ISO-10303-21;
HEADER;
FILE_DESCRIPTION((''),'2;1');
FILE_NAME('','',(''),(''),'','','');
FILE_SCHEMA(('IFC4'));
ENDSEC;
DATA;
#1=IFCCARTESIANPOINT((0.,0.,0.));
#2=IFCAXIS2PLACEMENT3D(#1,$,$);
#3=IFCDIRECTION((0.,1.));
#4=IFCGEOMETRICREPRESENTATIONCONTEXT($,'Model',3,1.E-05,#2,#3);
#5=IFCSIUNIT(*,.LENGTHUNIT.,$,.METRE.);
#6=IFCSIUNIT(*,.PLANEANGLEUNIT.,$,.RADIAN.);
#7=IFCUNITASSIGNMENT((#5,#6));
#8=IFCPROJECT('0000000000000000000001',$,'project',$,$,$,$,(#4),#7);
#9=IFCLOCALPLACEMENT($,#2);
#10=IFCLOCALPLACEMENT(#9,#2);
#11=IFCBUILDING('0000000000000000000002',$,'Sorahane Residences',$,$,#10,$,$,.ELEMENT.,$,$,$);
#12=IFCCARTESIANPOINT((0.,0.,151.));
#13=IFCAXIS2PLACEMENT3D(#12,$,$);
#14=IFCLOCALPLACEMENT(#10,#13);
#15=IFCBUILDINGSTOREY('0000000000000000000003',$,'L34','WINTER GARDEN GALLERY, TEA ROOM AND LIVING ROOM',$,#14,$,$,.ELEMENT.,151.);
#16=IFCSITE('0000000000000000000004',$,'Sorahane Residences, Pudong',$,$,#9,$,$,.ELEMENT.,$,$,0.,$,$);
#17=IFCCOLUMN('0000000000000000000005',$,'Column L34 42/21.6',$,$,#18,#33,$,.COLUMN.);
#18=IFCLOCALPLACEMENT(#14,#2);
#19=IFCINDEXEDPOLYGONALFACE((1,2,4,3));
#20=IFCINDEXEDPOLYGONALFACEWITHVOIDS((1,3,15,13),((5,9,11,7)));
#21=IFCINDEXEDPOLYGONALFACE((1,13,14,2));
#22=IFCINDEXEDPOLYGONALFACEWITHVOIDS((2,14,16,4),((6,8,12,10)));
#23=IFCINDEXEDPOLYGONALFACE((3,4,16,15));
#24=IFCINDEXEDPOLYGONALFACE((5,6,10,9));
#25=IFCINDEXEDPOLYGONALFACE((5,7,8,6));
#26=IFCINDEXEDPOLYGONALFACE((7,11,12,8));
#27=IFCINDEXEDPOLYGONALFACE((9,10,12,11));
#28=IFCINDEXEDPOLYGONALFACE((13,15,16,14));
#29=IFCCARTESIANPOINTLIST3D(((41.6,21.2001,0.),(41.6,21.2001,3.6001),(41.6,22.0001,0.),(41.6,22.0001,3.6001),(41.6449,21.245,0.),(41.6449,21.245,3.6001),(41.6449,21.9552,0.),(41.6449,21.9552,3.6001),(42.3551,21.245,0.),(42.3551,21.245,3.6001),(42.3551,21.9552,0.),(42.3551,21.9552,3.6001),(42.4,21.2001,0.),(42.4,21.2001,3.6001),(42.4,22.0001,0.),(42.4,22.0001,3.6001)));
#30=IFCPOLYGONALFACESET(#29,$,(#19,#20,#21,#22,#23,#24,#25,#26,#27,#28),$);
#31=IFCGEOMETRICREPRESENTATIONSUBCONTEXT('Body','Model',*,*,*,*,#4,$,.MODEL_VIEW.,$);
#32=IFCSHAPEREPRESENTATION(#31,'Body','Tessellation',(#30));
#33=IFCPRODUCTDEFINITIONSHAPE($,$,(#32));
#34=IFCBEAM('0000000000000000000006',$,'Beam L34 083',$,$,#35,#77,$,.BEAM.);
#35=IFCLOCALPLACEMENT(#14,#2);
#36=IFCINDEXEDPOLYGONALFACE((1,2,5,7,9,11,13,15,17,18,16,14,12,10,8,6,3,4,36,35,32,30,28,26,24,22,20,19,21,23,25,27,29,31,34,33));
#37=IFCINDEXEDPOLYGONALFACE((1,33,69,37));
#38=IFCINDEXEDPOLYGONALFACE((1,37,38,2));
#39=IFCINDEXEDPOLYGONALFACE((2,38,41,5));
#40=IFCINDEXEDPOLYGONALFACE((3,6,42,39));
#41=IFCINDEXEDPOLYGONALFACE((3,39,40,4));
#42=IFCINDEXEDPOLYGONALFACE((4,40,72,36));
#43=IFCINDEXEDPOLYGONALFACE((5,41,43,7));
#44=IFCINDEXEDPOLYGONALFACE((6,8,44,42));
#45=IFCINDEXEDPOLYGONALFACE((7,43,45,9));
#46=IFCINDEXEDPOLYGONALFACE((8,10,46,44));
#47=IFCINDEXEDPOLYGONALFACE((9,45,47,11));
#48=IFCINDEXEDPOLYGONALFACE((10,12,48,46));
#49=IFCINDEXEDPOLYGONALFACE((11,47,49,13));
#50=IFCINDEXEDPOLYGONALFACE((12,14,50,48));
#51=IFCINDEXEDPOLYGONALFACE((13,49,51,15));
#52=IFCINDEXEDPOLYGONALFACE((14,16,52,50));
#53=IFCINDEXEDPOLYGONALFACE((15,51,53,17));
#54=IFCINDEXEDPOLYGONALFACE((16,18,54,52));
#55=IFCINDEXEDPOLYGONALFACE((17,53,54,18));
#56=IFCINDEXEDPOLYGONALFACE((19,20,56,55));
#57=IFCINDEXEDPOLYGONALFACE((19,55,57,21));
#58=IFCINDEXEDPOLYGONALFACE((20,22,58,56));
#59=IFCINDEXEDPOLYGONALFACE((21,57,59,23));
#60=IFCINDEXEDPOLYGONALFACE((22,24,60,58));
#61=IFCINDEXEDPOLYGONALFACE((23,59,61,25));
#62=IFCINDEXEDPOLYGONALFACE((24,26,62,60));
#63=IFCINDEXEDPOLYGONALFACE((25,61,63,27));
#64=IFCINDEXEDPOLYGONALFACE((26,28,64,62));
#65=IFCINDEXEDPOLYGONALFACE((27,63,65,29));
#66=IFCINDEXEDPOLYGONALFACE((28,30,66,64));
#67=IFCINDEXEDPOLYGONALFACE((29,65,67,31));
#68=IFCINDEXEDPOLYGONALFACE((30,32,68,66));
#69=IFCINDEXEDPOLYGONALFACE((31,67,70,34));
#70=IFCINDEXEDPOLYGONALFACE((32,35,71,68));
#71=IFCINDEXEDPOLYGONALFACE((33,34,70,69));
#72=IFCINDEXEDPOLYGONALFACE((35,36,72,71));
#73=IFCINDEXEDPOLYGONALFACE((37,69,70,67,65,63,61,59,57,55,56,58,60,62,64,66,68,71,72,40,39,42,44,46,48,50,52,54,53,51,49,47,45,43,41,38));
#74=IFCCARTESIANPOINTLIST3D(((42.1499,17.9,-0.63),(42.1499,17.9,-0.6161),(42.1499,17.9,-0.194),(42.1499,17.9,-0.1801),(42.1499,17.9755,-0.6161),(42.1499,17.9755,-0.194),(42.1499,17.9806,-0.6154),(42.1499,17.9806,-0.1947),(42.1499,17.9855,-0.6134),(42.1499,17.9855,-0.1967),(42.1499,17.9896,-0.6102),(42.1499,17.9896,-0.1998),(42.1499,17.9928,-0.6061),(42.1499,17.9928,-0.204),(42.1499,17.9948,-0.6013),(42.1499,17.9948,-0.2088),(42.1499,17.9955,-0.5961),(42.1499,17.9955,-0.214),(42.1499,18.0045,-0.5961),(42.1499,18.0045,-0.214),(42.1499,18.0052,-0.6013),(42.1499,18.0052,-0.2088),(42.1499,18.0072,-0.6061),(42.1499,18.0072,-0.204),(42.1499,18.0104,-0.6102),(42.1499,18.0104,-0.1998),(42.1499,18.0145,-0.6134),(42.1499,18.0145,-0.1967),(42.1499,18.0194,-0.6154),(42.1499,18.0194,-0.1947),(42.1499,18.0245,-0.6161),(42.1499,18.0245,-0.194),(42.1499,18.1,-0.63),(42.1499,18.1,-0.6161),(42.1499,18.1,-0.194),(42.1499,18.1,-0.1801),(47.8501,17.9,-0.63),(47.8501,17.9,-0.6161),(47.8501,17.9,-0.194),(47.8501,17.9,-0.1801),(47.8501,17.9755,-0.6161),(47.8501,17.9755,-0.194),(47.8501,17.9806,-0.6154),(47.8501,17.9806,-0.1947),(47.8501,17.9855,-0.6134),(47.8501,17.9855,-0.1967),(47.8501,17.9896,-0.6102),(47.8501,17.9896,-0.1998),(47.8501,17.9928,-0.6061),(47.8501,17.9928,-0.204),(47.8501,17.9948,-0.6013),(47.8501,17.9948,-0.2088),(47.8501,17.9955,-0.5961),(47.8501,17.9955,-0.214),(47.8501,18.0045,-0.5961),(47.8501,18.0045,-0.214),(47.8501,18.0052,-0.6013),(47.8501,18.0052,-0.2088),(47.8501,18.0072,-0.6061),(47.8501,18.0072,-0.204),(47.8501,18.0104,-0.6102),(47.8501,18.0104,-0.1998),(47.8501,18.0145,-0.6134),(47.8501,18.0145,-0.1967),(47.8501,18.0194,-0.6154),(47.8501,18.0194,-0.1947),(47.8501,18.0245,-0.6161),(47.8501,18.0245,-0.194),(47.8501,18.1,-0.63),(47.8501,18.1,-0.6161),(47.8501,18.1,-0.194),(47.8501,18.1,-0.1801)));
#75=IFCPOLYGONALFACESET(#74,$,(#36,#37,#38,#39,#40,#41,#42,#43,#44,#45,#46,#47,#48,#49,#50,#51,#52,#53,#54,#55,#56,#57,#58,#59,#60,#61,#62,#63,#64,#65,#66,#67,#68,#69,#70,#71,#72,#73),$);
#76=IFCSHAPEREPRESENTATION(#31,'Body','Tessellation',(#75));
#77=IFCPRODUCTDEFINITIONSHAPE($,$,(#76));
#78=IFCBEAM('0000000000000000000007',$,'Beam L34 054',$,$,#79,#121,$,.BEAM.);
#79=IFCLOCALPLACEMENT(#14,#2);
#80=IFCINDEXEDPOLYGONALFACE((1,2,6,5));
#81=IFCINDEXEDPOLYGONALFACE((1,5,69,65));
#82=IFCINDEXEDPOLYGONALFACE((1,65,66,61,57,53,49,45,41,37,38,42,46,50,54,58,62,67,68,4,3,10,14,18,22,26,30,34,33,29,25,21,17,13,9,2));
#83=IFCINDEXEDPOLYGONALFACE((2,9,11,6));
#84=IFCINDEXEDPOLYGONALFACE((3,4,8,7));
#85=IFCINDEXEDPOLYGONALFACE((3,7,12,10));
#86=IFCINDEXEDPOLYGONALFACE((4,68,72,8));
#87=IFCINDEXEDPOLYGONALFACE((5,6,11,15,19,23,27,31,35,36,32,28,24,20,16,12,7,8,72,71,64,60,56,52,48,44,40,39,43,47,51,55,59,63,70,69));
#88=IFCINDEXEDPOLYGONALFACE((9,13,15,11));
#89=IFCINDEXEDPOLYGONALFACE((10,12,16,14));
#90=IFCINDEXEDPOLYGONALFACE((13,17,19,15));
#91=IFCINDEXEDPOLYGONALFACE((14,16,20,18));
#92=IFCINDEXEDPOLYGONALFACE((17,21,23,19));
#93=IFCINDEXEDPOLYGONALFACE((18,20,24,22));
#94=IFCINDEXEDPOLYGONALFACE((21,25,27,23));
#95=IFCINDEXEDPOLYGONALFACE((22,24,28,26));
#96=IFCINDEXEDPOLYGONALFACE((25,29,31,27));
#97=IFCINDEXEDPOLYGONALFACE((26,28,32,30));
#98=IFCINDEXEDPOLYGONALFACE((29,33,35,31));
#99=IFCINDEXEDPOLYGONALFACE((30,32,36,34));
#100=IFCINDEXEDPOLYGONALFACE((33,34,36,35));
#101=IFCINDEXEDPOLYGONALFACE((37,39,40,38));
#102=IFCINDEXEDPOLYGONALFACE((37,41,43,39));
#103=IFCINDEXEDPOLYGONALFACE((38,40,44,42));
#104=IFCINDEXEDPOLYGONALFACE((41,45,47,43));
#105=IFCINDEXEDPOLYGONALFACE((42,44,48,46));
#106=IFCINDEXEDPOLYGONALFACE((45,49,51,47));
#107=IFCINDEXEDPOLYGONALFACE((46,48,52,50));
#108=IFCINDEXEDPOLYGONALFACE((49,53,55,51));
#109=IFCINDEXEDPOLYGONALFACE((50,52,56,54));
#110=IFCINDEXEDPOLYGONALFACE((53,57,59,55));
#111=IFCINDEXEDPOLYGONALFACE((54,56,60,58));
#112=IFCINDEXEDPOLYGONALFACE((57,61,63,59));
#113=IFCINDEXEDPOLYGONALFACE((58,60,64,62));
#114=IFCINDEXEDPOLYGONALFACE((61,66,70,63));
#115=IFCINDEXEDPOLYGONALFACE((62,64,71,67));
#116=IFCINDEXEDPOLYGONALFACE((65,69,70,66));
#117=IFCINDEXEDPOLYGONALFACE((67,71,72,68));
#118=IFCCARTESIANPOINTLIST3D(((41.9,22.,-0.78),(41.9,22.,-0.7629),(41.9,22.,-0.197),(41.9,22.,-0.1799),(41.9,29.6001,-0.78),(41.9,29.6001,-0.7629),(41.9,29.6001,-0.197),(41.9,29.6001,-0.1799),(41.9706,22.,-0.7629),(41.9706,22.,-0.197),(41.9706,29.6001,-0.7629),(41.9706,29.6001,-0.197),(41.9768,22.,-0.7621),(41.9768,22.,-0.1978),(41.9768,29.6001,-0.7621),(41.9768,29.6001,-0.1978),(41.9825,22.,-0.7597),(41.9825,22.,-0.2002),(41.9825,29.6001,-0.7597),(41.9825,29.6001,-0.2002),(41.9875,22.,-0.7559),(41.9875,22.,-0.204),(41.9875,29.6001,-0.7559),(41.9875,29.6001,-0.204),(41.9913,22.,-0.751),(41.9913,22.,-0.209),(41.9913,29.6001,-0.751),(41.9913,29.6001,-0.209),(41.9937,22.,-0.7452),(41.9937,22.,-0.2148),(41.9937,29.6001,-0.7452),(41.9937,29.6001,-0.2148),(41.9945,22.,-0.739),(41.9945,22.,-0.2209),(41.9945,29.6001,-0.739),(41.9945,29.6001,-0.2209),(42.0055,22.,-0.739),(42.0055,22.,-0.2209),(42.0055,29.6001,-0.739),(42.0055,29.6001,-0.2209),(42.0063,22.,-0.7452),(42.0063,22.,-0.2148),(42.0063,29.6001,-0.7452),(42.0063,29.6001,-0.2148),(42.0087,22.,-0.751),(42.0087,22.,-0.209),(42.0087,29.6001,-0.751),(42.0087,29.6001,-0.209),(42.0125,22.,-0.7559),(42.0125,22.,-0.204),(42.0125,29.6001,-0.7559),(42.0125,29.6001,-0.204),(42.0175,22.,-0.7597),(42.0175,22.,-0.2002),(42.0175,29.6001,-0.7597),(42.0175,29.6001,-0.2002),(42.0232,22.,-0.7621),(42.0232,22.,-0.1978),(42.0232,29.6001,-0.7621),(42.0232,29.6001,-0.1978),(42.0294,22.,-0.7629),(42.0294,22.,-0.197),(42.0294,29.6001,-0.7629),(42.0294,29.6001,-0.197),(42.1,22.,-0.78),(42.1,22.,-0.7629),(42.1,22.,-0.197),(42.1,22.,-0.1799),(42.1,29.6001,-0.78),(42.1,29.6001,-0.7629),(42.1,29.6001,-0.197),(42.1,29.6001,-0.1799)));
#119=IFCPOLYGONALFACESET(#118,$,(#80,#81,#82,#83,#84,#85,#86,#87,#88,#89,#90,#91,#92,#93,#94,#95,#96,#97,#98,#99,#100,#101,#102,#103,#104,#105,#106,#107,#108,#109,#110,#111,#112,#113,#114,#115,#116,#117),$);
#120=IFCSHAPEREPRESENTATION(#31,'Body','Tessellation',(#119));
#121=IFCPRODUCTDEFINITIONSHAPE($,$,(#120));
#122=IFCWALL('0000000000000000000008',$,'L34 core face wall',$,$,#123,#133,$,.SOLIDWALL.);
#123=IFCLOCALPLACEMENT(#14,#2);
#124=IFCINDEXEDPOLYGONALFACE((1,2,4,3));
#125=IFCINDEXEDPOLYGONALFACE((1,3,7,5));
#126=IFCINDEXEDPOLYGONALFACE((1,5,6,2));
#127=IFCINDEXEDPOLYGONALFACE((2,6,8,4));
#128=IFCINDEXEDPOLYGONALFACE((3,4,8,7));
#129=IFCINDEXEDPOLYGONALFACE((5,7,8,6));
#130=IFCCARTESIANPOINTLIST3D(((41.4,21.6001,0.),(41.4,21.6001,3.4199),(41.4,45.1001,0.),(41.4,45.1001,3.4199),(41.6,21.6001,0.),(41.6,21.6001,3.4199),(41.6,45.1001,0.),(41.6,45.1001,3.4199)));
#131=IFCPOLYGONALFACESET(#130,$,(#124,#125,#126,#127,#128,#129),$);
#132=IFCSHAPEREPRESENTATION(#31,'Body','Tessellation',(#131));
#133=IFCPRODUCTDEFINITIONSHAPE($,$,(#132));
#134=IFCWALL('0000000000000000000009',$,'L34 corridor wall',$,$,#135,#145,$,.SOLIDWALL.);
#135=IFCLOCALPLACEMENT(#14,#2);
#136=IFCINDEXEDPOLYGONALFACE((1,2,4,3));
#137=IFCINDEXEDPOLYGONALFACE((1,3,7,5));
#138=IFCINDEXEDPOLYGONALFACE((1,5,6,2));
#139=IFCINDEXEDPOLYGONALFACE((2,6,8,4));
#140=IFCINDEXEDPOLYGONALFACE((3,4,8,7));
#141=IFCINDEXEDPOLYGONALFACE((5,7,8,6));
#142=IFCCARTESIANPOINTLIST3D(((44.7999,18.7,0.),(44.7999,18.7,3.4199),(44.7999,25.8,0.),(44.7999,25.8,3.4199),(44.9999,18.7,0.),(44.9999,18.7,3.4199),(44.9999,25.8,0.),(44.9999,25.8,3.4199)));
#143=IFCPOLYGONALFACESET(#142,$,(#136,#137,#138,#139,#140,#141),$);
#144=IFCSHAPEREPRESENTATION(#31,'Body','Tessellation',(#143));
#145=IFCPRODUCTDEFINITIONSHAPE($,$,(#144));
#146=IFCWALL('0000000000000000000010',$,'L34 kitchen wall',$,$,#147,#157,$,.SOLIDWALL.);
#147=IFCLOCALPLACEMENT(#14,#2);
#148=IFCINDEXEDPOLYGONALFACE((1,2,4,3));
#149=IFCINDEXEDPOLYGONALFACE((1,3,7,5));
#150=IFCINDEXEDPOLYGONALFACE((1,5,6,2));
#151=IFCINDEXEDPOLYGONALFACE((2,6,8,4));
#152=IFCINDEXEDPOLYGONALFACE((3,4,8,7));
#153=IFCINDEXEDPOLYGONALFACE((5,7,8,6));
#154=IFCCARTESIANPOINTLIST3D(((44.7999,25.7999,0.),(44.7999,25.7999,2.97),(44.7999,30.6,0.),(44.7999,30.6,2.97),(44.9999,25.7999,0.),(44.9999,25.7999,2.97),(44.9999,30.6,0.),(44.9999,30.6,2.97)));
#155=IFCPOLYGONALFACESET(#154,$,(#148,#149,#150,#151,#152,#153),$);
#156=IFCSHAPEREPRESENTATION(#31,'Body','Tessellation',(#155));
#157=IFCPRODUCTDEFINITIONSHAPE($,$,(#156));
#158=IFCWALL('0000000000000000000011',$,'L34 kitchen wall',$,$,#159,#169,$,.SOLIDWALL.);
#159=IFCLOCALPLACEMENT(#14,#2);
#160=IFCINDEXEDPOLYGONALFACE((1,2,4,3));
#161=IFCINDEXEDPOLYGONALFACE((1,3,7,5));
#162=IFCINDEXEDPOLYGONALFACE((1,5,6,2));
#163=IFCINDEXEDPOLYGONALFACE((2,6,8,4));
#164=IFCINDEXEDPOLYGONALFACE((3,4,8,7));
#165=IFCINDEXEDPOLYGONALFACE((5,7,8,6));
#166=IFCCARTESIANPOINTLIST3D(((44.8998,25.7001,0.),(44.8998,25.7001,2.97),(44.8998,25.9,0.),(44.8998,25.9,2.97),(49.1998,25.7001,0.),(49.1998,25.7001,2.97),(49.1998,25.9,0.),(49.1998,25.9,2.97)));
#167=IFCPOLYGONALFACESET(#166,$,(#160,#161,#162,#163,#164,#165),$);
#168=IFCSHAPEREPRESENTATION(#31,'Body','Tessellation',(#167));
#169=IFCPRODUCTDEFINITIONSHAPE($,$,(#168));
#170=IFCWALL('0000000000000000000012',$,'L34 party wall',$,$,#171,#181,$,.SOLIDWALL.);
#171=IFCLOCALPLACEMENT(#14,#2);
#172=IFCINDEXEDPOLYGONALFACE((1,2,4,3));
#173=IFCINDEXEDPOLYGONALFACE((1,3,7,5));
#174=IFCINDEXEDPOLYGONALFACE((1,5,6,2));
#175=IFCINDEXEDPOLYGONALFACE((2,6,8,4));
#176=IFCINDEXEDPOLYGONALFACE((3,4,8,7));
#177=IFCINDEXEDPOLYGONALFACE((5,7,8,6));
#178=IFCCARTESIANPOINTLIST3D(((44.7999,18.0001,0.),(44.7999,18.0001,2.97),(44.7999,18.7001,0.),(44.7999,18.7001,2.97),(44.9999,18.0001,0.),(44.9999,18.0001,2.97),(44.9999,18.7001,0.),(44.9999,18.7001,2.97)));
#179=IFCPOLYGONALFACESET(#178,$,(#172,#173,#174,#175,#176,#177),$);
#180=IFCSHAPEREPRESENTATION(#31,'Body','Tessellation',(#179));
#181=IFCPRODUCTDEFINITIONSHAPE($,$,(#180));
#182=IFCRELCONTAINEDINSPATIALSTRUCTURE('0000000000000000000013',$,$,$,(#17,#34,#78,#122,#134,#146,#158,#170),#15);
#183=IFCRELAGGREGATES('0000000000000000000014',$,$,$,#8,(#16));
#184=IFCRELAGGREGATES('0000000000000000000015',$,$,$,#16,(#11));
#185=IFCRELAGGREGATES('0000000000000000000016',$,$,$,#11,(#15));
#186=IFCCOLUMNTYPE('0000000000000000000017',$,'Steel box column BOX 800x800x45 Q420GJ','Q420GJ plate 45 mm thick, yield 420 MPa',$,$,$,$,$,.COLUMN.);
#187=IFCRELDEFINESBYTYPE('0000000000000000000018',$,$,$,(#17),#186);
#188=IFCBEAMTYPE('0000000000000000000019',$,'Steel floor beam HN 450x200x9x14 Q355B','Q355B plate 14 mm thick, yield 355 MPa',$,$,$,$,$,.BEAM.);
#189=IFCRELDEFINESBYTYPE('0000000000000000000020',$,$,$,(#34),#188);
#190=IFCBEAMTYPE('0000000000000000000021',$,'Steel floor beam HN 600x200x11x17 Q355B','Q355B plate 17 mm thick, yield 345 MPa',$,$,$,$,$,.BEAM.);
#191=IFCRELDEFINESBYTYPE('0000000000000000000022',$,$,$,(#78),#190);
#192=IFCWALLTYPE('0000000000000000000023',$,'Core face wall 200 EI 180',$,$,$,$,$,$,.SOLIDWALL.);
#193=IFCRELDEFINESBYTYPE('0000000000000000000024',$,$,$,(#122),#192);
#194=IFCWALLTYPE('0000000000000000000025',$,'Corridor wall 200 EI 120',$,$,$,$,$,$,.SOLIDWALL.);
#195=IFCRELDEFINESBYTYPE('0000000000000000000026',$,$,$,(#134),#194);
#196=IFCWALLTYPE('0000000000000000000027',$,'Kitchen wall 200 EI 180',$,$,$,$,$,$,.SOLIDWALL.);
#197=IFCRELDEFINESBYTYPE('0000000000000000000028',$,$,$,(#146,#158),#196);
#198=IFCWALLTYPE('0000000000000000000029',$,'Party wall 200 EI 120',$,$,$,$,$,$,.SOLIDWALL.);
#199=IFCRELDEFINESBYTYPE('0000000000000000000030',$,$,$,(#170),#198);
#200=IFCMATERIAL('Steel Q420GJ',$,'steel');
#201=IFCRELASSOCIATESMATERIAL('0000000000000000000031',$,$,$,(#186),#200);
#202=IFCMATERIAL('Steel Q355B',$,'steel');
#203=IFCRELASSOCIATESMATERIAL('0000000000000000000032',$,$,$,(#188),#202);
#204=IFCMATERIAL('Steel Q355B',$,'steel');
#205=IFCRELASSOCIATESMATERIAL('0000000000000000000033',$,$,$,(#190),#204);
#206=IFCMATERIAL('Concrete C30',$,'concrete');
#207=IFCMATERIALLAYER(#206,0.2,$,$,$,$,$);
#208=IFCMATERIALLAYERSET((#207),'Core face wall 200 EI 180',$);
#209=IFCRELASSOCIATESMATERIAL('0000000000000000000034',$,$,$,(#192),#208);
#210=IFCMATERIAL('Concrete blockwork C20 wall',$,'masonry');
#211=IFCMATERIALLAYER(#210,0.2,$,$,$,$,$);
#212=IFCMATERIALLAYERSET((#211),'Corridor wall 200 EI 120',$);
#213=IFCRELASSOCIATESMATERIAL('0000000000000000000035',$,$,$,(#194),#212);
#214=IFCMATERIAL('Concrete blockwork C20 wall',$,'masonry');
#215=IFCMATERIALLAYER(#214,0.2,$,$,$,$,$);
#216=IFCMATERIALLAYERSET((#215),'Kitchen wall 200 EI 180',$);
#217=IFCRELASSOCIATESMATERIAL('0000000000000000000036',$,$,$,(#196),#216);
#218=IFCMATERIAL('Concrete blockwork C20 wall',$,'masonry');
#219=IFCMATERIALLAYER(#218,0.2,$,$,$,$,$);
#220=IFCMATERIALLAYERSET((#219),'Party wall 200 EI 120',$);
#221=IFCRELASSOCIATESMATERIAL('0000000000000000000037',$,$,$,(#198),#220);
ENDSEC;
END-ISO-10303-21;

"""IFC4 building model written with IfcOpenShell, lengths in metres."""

from ifc_helpers import new_model, si_unit, direction, frame, frame_2d, origin, origin_2d, place, context, subcontext, project, spatial, rectangle, hollow_rectangle, i_section, extrude, material, layer, layer_set, material_profile, profile_set, type_object, element, save


model = new_model("IFC4")

# Units and contexts
model_context = context("Model", 3, precision=1e-05, world=origin(), true_north=direction((0.0, 1.0)))
body_context = subcontext(model_context, "Body", "Model", "MODEL_VIEW")
ifc_project = project(units=[si_unit("LENGTHUNIT", "METRE"), si_unit("PLANEANGLEUNIT", "RADIAN")], contexts=[model_context])

# Site, building, storey
site_placement = place(None, origin())
site = spatial("IfcSite", under=ifc_project, at=site_placement, Name="Sorahane Residences, Pudong", CompositionType="ELEMENT", RefElevation=0.0)
building_placement = place(site_placement, origin())
building = spatial("IfcBuilding", under=site, at=building_placement, Name="Sorahane Residences", CompositionType="ELEMENT")
storey_placement = place(building_placement, frame((0.0, 0.0, 151.0)))
storey = spatial("IfcBuildingStorey", under=building, at=storey_placement, Name="L34", Description="WINTER GARDEN GALLERY, TEA ROOM AND LIVING ROOM", CompositionType="ELEMENT", Elevation=151.0)

# Column
ifc_material_1 = material(Name="Steel Q420GJ", Category="steel")
ifc_material_profile_1 = material_profile(ifc_material_1, hollow_rectangle(XDim=0.8, YDim=0.8, WallThickness=0.0449, at=origin_2d()), Name="BOX 800x800x45")
ifc_profile_set_1 = profile_set([ifc_material_profile_1], Name="Steel Q420GJ")
column_type = type_object("IfcColumnType", Name="Steel box column BOX 800x800x45 Q420GJ", Description="Q420GJ plate 45 mm thick, yield 420 MPa", PredefinedType="COLUMN", material=ifc_profile_set_1)
column_placement = place(storey_placement, frame((42.0, 21.6001, 0.0), z_axis=(0.0, 0.0, 1.0), x_axis=(1.0, 0.0, 0.0)))
element("IfcColumn", 1, at=column_placement, inside=storey, type_object=column_type, Name="Column L34 42/21.6", PredefinedType="COLUMN", context=body_context, shape_type="SweptSolid", body=[
    extrude(hollow_rectangle(XDim=0.8, YDim=0.8, WallThickness=0.0449, at=origin_2d()), origin(), (0.0, 0.0, 1.0), 3.6001),
])

# Beams
ifc_material_2 = material(Name="Steel Q355B", Category="steel")
ifc_material_profile_2 = material_profile(ifc_material_2, i_section(OverallWidth=0.2, OverallDepth=0.45, WebThickness=0.009, FlangeThickness=0.0139, FilletRadius=0.02, at=origin_2d()), Name="HN 450x200x9x14")
ifc_profile_set_2 = profile_set([ifc_material_profile_2], Name="Steel Q355B")
beam_type_1 = type_object("IfcBeamType", Name="Steel floor beam HN 450x200x9x14 Q355B", Description="Q355B plate 14 mm thick, yield 355 MPa", PredefinedType="BEAM", material=ifc_profile_set_2)
beam_1_placement = place(storey_placement, frame((42.1499, 18.0, -0.405), z_axis=(1.0, 0.0, 0.0), x_axis=(0.0, 1.0, 0.0)))
element("IfcBeam", 2, at=beam_1_placement, inside=storey, type_object=beam_type_1, Name="Beam L34 083", PredefinedType="BEAM", context=body_context, shape_type="SweptSolid", body=[
    extrude(i_section(OverallWidth=0.2, OverallDepth=0.45, WebThickness=0.009, FlangeThickness=0.0139, FilletRadius=0.02, at=origin_2d()), origin(), (0.0, 0.0, 1.0), 5.7002),
])
ifc_material_3 = material(Name="Steel Q355B", Category="steel")
ifc_material_profile_3 = material_profile(ifc_material_3, i_section(OverallWidth=0.2, OverallDepth=0.6001, WebThickness=0.011, FlangeThickness=0.0171, FilletRadius=0.0239, at=origin_2d()), Name="HN 600x200x11x17")
ifc_profile_set_3 = profile_set([ifc_material_profile_3], Name="Steel Q355B")
beam_type_2 = type_object("IfcBeamType", Name="Steel floor beam HN 600x200x11x17 Q355B", Description="Q355B plate 17 mm thick, yield 345 MPa", PredefinedType="BEAM", material=ifc_profile_set_3)
beam_2_placement = place(storey_placement, frame((42.0, 22.0, -0.48), z_axis=(0.0, 1.0, 0.0), x_axis=(-1.0, 0.0, 0.0)))
element("IfcBeam", 3, at=beam_2_placement, inside=storey, type_object=beam_type_2, Name="Beam L34 054", PredefinedType="BEAM", context=body_context, shape_type="SweptSolid", body=[
    extrude(i_section(OverallWidth=0.2, OverallDepth=0.6001, WebThickness=0.011, FlangeThickness=0.0171, FilletRadius=0.0239, at=origin_2d()), origin(), (0.0, 0.0, 1.0), 7.6001),
])

# Walls
ifc_material_4 = material(Name="Concrete C30", Category="concrete")
ifc_layer_1 = layer(ifc_material_4, 0.2)
ifc_layer_set_1 = layer_set([ifc_layer_1], Name="Core face wall 200 EI 180")
wall_type_1 = type_object("IfcWallType", Name="Core face wall 200 EI 180", PredefinedType="SOLIDWALL", material=ifc_layer_set_1)
wall_1_placement = place(storey_placement, frame((41.5, 21.6001, 0.0), z_axis=(0.0, 0.0, 1.0), x_axis=(0.0, 1.0, 0.0)))
element("IfcWall", 4, at=wall_1_placement, inside=storey, type_object=wall_type_1, Name="L34 core face wall", PredefinedType="SOLIDWALL", context=body_context, shape_type="SweptSolid", body=[
    extrude(rectangle(XDim=23.5, YDim=0.2, at=frame_2d((11.75, 0.0))), origin(), (0.0, 0.0, 1.0), 3.4199),
])
ifc_material_5 = material(Name="Concrete blockwork C20 wall", Category="masonry")
ifc_layer_2 = layer(ifc_material_5, 0.2)
ifc_layer_set_2 = layer_set([ifc_layer_2], Name="Corridor wall 200 EI 120")
wall_type_2 = type_object("IfcWallType", Name="Corridor wall 200 EI 120", PredefinedType="SOLIDWALL", material=ifc_layer_set_2)
wall_2_placement = place(storey_placement, frame((44.8999, 18.7, 0.0), z_axis=(0.0, 0.0, 1.0), x_axis=(0.0, 1.0, 0.0)))
element("IfcWall", 5, at=wall_2_placement, inside=storey, type_object=wall_type_2, Name="L34 corridor wall", PredefinedType="SOLIDWALL", context=body_context, shape_type="SweptSolid", body=[
    extrude(rectangle(XDim=7.1001, YDim=0.2, at=frame_2d((3.55, 0.0))), origin(), (0.0, 0.0, 1.0), 3.4199),
])
ifc_material_6 = material(Name="Concrete blockwork C20 wall", Category="masonry")
ifc_layer_3 = layer(ifc_material_6, 0.2)
ifc_layer_set_3 = layer_set([ifc_layer_3], Name="Kitchen wall 200 EI 180")
wall_type_3 = type_object("IfcWallType", Name="Kitchen wall 200 EI 180", PredefinedType="SOLIDWALL", material=ifc_layer_set_3)
wall_3_placement = place(storey_placement, frame((44.8999, 25.8, 0.0), z_axis=(0.0, 0.0, 1.0), x_axis=(0.0, 1.0, 0.0)))
element("IfcWall", 6, at=wall_3_placement, inside=storey, type_object=wall_type_3, Name="L34 kitchen wall", PredefinedType="SOLIDWALL", context=body_context, shape_type="SweptSolid", body=[
    extrude(rectangle(XDim=4.8, YDim=0.2, at=frame_2d((2.3999, 0.0))), origin(), (0.0, 0.0, 1.0), 2.97),
])
wall_4_placement = place(storey_placement, frame((44.8999, 25.8, 0.0), z_axis=(0.0, 0.0, 1.0), x_axis=(1.0, 0.0, 0.0)))
element("IfcWall", 7, at=wall_4_placement, inside=storey, type_object=wall_type_3, Name="L34 kitchen wall", PredefinedType="SOLIDWALL", context=body_context, shape_type="SweptSolid", body=[
    extrude(rectangle(XDim=4.3, YDim=0.2, at=frame_2d((2.1499, 0.0))), origin(), (0.0, 0.0, 1.0), 2.97),
])
ifc_material_7 = material(Name="Concrete blockwork C20 wall", Category="masonry")
ifc_layer_4 = layer(ifc_material_7, 0.2)
ifc_layer_set_4 = layer_set([ifc_layer_4], Name="Party wall 200 EI 120")
wall_type_4 = type_object("IfcWallType", Name="Party wall 200 EI 120", PredefinedType="SOLIDWALL", material=ifc_layer_set_4)
wall_5_placement = place(storey_placement, frame((44.8999, 18.0, 0.0), z_axis=(0.0, 0.0, 1.0), x_axis=(0.0, 1.0, 0.0)))
element("IfcWall", 8, at=wall_5_placement, inside=storey, type_object=wall_type_4, Name="L34 party wall", PredefinedType="SOLIDWALL", context=body_context, shape_type="SweptSolid", body=[
    extrude(rectangle(XDim=0.7, YDim=0.2, at=frame_2d((0.3501, 0.0))), origin(), (0.0, 0.0, 1.0), 2.97),
])

save(model, "model.ifc")
